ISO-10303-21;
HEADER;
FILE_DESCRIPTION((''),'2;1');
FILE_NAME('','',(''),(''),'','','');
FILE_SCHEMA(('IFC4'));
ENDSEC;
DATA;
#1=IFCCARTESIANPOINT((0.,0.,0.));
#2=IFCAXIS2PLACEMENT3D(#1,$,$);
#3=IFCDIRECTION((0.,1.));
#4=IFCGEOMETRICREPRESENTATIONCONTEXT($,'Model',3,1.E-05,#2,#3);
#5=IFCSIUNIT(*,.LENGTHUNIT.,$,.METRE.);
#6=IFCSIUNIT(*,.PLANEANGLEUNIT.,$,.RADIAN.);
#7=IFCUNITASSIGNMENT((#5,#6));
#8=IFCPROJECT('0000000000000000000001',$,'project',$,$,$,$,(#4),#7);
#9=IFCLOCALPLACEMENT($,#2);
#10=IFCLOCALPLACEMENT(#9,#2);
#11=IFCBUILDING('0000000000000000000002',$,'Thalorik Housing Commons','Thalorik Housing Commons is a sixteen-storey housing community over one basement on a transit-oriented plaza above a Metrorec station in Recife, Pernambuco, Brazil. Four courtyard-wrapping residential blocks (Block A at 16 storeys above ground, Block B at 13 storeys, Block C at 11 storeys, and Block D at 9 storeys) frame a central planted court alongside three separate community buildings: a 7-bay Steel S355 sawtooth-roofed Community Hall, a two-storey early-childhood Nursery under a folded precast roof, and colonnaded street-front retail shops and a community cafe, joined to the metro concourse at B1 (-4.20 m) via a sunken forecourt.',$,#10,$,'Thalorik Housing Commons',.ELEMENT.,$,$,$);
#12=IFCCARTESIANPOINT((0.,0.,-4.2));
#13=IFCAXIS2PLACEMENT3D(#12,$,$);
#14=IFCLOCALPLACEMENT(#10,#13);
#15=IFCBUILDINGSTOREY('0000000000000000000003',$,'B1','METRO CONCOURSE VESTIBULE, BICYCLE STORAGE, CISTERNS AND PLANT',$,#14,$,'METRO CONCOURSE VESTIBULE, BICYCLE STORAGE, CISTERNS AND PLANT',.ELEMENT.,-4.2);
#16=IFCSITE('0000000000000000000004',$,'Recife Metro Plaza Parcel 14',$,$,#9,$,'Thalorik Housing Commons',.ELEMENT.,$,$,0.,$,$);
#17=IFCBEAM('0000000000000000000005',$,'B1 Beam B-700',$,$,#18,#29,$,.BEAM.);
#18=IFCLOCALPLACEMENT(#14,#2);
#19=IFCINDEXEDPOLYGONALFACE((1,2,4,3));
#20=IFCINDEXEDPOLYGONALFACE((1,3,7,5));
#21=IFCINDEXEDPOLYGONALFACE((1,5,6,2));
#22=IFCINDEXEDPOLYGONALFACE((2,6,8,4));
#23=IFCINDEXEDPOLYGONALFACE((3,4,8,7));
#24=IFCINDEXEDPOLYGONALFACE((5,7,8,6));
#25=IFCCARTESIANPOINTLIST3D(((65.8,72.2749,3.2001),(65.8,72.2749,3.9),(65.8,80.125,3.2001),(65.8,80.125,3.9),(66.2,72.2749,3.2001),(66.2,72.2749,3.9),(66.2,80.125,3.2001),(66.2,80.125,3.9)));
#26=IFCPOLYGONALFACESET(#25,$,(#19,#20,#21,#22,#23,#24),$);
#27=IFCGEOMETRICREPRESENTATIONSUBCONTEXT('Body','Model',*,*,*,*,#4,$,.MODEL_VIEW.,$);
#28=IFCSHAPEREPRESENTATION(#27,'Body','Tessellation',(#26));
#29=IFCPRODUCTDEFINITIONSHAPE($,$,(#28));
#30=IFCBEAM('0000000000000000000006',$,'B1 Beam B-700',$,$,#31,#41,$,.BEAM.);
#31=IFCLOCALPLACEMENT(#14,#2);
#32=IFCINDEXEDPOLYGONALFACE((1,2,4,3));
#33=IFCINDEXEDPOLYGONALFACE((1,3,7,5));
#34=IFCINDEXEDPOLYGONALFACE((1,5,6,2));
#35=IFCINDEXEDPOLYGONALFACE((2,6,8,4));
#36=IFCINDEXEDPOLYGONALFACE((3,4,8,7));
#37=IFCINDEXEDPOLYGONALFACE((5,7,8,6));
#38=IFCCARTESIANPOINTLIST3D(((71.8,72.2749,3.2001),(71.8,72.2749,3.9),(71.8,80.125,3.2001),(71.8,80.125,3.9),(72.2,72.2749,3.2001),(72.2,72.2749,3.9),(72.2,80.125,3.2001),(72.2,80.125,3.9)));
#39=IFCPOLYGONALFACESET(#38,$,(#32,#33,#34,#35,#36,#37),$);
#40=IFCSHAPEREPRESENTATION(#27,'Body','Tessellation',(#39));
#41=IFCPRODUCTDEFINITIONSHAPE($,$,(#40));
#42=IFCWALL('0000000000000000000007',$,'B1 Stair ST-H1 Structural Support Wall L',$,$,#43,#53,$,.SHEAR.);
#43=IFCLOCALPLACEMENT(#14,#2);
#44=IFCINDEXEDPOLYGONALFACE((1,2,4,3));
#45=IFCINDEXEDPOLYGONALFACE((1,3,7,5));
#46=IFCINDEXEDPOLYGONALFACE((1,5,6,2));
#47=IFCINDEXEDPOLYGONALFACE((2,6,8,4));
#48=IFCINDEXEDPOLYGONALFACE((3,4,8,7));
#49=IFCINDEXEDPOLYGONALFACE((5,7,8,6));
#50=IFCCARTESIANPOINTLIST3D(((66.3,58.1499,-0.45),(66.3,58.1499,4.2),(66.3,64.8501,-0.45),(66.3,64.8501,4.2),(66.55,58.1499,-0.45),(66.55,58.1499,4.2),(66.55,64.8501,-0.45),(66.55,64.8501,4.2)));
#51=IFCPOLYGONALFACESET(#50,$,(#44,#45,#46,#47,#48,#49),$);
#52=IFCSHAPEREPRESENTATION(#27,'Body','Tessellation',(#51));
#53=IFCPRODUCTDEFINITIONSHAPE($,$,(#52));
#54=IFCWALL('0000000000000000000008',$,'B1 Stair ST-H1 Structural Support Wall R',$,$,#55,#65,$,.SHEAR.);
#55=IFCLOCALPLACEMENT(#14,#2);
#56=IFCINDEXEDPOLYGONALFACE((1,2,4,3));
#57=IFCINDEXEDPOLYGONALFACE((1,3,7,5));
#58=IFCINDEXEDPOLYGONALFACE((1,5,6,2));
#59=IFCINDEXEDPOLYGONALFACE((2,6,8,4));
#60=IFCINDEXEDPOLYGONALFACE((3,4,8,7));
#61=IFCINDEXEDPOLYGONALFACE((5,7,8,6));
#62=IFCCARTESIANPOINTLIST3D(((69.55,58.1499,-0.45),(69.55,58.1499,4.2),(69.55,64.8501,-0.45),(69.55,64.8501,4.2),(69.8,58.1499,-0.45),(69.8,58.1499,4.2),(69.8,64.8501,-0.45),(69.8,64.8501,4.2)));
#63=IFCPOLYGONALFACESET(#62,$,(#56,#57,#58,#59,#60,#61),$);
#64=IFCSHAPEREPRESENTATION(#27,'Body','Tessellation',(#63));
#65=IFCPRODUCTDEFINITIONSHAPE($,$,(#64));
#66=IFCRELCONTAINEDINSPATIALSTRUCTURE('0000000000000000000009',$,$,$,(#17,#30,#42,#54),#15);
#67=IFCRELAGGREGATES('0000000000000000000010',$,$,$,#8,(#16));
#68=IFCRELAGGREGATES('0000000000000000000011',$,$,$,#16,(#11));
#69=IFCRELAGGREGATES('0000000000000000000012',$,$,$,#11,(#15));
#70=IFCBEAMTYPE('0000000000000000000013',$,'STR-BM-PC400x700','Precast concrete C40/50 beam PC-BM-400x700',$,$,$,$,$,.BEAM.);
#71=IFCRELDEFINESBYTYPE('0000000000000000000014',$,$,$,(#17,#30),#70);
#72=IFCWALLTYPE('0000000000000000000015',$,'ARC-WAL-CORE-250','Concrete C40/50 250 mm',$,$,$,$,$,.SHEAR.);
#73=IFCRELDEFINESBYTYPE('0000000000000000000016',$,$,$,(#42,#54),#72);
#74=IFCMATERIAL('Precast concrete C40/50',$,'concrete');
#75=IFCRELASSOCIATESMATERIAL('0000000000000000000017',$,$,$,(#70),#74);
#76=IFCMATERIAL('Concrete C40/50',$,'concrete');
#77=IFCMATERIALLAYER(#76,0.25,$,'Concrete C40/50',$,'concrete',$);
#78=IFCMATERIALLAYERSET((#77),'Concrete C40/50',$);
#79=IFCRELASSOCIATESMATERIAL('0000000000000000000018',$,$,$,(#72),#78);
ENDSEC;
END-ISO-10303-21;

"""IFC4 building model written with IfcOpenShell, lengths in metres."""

from ifc_helpers import new_model, si_unit, direction, frame, frame_2d, origin, origin_2d, place, context, subcontext, project, spatial, rectangle, extrude, material, layer, layer_set, material_profile, profile_set, type_object, element, save


model = new_model("IFC4")

# Units and contexts
model_context = context("Model", 3, precision=1e-05, world=origin(), true_north=direction((0.0, 1.0)))
body_context = subcontext(model_context, "Body", "Model", "MODEL_VIEW")
ifc_project = project(units=[si_unit("LENGTHUNIT", "METRE"), si_unit("PLANEANGLEUNIT", "RADIAN")], contexts=[model_context])

# Site, building, storey
site_placement = place(None, origin())
site = spatial("IfcSite", under=ifc_project, at=site_placement, Name="Recife Metro Plaza Parcel 14", LongName="Thalorik Housing Commons", CompositionType="ELEMENT", RefElevation=0.0)
building_placement = place(site_placement, origin())
building = spatial("IfcBuilding", under=site, at=building_placement, Name="Thalorik Housing Commons", Description="Thalorik Housing Commons is a sixteen-storey housing community over one basement on a transit-oriented plaza above a Metrorec station in Recife, Pernambuco, Brazil. Four courtyard-wrapping residential blocks (Block A at 16 storeys above ground, Block B at 13 storeys, Block C at 11 storeys, and Block D at 9 storeys) frame a central planted court alongside three separate community buildings: a 7-bay Steel S355 sawtooth-roofed Community Hall, a two-storey early-childhood Nursery under a folded precast roof, and colonnaded street-front retail shops and a community cafe, joined to the metro concourse at B1 (-4.20 m) via a sunken forecourt.", LongName="Thalorik Housing Commons", CompositionType="ELEMENT")
storey_placement = place(building_placement, frame((0.0, 0.0, -4.2)))
storey = spatial("IfcBuildingStorey", under=building, at=storey_placement, Name="B1", Description="METRO CONCOURSE VESTIBULE, BICYCLE STORAGE, CISTERNS AND PLANT", LongName="METRO CONCOURSE VESTIBULE, BICYCLE STORAGE, CISTERNS AND PLANT", CompositionType="ELEMENT", Elevation=-4.2)

# Shared definitions
ifc_material_1 = material(Name="Concrete C40/50", Category="concrete")

# Shared definitions
ifc_material_2 = material(Name="Precast concrete C40/50", Category="concrete")

# Beams
ifc_material_profile_1 = material_profile(ifc_material_2, rectangle(XDim=0.3999, YDim=0.7, at=origin_2d()), Name="PC 400x700", Category="concrete")
ifc_profile_set_1 = profile_set([ifc_material_profile_1], Name="Precast concrete C40/50")
beam_type_1 = type_object("IfcBeamType", Name="STR-BM-PC400x700", Description="Precast concrete C40/50 beam PC-BM-400x700", PredefinedType="BEAM", material=ifc_profile_set_1)
for number, where, z_axis, x_axis, name in (
    (1, (66.0, 72.2749, 3.55), (0.0, 1.0, 0.0), (-1.0, 0.0, 0.0), "B1 Beam B-700"),
    (2, (72.0, 72.2749, 3.55), (0.0, 1.0, 0.0), (-1.0, 0.0, 0.0), "B1 Beam B-700"),
):
    element("IfcBeam", number, at=place(storey_placement, frame(where, z_axis=z_axis, x_axis=x_axis)), inside=storey, type_object=beam_type_1, Name=name, PredefinedType="BEAM", context=body_context, shape_type="SweptSolid", body=[
        extrude(rectangle(XDim=0.3999, YDim=0.7, at=origin_2d()), origin(), (0.0, 0.0, 1.0), 7.8501),
    ])

# Walls
ifc_layer = layer(ifc_material_1, 0.25, Name="Concrete C40/50", Category="concrete")
ifc_layer_set = layer_set([ifc_layer], Name="Concrete C40/50")
wall_type = type_object("IfcWallType", Name="ARC-WAL-CORE-250", Description="Concrete C40/50 250 mm", PredefinedType="SHEAR", material=ifc_layer_set)
for number, where, z_axis, x_axis, name in (
    (3, (66.425, 64.8501, -0.45), (0.0, 0.0, 1.0), (0.0, -1.0, 0.0), "B1 Stair ST-H1 Structural Support Wall L"),
    (4, (69.675, 64.8501, -0.45), (0.0, 0.0, 1.0), (0.0, -1.0, 0.0), "B1 Stair ST-H1 Structural Support Wall R"),
):
    element("IfcWall", number, at=place(storey_placement, frame(where, z_axis=z_axis, x_axis=x_axis)), inside=storey, type_object=wall_type, Name=name, PredefinedType="SHEAR", context=body_context, shape_type="SweptSolid", body=[
        extrude(rectangle(XDim=6.7002, YDim=0.25, at=frame_2d((3.3501, 0.0))), origin(), (0.0, 0.0, 1.0), 4.6499),
    ])

save(model, "model.ifc")
